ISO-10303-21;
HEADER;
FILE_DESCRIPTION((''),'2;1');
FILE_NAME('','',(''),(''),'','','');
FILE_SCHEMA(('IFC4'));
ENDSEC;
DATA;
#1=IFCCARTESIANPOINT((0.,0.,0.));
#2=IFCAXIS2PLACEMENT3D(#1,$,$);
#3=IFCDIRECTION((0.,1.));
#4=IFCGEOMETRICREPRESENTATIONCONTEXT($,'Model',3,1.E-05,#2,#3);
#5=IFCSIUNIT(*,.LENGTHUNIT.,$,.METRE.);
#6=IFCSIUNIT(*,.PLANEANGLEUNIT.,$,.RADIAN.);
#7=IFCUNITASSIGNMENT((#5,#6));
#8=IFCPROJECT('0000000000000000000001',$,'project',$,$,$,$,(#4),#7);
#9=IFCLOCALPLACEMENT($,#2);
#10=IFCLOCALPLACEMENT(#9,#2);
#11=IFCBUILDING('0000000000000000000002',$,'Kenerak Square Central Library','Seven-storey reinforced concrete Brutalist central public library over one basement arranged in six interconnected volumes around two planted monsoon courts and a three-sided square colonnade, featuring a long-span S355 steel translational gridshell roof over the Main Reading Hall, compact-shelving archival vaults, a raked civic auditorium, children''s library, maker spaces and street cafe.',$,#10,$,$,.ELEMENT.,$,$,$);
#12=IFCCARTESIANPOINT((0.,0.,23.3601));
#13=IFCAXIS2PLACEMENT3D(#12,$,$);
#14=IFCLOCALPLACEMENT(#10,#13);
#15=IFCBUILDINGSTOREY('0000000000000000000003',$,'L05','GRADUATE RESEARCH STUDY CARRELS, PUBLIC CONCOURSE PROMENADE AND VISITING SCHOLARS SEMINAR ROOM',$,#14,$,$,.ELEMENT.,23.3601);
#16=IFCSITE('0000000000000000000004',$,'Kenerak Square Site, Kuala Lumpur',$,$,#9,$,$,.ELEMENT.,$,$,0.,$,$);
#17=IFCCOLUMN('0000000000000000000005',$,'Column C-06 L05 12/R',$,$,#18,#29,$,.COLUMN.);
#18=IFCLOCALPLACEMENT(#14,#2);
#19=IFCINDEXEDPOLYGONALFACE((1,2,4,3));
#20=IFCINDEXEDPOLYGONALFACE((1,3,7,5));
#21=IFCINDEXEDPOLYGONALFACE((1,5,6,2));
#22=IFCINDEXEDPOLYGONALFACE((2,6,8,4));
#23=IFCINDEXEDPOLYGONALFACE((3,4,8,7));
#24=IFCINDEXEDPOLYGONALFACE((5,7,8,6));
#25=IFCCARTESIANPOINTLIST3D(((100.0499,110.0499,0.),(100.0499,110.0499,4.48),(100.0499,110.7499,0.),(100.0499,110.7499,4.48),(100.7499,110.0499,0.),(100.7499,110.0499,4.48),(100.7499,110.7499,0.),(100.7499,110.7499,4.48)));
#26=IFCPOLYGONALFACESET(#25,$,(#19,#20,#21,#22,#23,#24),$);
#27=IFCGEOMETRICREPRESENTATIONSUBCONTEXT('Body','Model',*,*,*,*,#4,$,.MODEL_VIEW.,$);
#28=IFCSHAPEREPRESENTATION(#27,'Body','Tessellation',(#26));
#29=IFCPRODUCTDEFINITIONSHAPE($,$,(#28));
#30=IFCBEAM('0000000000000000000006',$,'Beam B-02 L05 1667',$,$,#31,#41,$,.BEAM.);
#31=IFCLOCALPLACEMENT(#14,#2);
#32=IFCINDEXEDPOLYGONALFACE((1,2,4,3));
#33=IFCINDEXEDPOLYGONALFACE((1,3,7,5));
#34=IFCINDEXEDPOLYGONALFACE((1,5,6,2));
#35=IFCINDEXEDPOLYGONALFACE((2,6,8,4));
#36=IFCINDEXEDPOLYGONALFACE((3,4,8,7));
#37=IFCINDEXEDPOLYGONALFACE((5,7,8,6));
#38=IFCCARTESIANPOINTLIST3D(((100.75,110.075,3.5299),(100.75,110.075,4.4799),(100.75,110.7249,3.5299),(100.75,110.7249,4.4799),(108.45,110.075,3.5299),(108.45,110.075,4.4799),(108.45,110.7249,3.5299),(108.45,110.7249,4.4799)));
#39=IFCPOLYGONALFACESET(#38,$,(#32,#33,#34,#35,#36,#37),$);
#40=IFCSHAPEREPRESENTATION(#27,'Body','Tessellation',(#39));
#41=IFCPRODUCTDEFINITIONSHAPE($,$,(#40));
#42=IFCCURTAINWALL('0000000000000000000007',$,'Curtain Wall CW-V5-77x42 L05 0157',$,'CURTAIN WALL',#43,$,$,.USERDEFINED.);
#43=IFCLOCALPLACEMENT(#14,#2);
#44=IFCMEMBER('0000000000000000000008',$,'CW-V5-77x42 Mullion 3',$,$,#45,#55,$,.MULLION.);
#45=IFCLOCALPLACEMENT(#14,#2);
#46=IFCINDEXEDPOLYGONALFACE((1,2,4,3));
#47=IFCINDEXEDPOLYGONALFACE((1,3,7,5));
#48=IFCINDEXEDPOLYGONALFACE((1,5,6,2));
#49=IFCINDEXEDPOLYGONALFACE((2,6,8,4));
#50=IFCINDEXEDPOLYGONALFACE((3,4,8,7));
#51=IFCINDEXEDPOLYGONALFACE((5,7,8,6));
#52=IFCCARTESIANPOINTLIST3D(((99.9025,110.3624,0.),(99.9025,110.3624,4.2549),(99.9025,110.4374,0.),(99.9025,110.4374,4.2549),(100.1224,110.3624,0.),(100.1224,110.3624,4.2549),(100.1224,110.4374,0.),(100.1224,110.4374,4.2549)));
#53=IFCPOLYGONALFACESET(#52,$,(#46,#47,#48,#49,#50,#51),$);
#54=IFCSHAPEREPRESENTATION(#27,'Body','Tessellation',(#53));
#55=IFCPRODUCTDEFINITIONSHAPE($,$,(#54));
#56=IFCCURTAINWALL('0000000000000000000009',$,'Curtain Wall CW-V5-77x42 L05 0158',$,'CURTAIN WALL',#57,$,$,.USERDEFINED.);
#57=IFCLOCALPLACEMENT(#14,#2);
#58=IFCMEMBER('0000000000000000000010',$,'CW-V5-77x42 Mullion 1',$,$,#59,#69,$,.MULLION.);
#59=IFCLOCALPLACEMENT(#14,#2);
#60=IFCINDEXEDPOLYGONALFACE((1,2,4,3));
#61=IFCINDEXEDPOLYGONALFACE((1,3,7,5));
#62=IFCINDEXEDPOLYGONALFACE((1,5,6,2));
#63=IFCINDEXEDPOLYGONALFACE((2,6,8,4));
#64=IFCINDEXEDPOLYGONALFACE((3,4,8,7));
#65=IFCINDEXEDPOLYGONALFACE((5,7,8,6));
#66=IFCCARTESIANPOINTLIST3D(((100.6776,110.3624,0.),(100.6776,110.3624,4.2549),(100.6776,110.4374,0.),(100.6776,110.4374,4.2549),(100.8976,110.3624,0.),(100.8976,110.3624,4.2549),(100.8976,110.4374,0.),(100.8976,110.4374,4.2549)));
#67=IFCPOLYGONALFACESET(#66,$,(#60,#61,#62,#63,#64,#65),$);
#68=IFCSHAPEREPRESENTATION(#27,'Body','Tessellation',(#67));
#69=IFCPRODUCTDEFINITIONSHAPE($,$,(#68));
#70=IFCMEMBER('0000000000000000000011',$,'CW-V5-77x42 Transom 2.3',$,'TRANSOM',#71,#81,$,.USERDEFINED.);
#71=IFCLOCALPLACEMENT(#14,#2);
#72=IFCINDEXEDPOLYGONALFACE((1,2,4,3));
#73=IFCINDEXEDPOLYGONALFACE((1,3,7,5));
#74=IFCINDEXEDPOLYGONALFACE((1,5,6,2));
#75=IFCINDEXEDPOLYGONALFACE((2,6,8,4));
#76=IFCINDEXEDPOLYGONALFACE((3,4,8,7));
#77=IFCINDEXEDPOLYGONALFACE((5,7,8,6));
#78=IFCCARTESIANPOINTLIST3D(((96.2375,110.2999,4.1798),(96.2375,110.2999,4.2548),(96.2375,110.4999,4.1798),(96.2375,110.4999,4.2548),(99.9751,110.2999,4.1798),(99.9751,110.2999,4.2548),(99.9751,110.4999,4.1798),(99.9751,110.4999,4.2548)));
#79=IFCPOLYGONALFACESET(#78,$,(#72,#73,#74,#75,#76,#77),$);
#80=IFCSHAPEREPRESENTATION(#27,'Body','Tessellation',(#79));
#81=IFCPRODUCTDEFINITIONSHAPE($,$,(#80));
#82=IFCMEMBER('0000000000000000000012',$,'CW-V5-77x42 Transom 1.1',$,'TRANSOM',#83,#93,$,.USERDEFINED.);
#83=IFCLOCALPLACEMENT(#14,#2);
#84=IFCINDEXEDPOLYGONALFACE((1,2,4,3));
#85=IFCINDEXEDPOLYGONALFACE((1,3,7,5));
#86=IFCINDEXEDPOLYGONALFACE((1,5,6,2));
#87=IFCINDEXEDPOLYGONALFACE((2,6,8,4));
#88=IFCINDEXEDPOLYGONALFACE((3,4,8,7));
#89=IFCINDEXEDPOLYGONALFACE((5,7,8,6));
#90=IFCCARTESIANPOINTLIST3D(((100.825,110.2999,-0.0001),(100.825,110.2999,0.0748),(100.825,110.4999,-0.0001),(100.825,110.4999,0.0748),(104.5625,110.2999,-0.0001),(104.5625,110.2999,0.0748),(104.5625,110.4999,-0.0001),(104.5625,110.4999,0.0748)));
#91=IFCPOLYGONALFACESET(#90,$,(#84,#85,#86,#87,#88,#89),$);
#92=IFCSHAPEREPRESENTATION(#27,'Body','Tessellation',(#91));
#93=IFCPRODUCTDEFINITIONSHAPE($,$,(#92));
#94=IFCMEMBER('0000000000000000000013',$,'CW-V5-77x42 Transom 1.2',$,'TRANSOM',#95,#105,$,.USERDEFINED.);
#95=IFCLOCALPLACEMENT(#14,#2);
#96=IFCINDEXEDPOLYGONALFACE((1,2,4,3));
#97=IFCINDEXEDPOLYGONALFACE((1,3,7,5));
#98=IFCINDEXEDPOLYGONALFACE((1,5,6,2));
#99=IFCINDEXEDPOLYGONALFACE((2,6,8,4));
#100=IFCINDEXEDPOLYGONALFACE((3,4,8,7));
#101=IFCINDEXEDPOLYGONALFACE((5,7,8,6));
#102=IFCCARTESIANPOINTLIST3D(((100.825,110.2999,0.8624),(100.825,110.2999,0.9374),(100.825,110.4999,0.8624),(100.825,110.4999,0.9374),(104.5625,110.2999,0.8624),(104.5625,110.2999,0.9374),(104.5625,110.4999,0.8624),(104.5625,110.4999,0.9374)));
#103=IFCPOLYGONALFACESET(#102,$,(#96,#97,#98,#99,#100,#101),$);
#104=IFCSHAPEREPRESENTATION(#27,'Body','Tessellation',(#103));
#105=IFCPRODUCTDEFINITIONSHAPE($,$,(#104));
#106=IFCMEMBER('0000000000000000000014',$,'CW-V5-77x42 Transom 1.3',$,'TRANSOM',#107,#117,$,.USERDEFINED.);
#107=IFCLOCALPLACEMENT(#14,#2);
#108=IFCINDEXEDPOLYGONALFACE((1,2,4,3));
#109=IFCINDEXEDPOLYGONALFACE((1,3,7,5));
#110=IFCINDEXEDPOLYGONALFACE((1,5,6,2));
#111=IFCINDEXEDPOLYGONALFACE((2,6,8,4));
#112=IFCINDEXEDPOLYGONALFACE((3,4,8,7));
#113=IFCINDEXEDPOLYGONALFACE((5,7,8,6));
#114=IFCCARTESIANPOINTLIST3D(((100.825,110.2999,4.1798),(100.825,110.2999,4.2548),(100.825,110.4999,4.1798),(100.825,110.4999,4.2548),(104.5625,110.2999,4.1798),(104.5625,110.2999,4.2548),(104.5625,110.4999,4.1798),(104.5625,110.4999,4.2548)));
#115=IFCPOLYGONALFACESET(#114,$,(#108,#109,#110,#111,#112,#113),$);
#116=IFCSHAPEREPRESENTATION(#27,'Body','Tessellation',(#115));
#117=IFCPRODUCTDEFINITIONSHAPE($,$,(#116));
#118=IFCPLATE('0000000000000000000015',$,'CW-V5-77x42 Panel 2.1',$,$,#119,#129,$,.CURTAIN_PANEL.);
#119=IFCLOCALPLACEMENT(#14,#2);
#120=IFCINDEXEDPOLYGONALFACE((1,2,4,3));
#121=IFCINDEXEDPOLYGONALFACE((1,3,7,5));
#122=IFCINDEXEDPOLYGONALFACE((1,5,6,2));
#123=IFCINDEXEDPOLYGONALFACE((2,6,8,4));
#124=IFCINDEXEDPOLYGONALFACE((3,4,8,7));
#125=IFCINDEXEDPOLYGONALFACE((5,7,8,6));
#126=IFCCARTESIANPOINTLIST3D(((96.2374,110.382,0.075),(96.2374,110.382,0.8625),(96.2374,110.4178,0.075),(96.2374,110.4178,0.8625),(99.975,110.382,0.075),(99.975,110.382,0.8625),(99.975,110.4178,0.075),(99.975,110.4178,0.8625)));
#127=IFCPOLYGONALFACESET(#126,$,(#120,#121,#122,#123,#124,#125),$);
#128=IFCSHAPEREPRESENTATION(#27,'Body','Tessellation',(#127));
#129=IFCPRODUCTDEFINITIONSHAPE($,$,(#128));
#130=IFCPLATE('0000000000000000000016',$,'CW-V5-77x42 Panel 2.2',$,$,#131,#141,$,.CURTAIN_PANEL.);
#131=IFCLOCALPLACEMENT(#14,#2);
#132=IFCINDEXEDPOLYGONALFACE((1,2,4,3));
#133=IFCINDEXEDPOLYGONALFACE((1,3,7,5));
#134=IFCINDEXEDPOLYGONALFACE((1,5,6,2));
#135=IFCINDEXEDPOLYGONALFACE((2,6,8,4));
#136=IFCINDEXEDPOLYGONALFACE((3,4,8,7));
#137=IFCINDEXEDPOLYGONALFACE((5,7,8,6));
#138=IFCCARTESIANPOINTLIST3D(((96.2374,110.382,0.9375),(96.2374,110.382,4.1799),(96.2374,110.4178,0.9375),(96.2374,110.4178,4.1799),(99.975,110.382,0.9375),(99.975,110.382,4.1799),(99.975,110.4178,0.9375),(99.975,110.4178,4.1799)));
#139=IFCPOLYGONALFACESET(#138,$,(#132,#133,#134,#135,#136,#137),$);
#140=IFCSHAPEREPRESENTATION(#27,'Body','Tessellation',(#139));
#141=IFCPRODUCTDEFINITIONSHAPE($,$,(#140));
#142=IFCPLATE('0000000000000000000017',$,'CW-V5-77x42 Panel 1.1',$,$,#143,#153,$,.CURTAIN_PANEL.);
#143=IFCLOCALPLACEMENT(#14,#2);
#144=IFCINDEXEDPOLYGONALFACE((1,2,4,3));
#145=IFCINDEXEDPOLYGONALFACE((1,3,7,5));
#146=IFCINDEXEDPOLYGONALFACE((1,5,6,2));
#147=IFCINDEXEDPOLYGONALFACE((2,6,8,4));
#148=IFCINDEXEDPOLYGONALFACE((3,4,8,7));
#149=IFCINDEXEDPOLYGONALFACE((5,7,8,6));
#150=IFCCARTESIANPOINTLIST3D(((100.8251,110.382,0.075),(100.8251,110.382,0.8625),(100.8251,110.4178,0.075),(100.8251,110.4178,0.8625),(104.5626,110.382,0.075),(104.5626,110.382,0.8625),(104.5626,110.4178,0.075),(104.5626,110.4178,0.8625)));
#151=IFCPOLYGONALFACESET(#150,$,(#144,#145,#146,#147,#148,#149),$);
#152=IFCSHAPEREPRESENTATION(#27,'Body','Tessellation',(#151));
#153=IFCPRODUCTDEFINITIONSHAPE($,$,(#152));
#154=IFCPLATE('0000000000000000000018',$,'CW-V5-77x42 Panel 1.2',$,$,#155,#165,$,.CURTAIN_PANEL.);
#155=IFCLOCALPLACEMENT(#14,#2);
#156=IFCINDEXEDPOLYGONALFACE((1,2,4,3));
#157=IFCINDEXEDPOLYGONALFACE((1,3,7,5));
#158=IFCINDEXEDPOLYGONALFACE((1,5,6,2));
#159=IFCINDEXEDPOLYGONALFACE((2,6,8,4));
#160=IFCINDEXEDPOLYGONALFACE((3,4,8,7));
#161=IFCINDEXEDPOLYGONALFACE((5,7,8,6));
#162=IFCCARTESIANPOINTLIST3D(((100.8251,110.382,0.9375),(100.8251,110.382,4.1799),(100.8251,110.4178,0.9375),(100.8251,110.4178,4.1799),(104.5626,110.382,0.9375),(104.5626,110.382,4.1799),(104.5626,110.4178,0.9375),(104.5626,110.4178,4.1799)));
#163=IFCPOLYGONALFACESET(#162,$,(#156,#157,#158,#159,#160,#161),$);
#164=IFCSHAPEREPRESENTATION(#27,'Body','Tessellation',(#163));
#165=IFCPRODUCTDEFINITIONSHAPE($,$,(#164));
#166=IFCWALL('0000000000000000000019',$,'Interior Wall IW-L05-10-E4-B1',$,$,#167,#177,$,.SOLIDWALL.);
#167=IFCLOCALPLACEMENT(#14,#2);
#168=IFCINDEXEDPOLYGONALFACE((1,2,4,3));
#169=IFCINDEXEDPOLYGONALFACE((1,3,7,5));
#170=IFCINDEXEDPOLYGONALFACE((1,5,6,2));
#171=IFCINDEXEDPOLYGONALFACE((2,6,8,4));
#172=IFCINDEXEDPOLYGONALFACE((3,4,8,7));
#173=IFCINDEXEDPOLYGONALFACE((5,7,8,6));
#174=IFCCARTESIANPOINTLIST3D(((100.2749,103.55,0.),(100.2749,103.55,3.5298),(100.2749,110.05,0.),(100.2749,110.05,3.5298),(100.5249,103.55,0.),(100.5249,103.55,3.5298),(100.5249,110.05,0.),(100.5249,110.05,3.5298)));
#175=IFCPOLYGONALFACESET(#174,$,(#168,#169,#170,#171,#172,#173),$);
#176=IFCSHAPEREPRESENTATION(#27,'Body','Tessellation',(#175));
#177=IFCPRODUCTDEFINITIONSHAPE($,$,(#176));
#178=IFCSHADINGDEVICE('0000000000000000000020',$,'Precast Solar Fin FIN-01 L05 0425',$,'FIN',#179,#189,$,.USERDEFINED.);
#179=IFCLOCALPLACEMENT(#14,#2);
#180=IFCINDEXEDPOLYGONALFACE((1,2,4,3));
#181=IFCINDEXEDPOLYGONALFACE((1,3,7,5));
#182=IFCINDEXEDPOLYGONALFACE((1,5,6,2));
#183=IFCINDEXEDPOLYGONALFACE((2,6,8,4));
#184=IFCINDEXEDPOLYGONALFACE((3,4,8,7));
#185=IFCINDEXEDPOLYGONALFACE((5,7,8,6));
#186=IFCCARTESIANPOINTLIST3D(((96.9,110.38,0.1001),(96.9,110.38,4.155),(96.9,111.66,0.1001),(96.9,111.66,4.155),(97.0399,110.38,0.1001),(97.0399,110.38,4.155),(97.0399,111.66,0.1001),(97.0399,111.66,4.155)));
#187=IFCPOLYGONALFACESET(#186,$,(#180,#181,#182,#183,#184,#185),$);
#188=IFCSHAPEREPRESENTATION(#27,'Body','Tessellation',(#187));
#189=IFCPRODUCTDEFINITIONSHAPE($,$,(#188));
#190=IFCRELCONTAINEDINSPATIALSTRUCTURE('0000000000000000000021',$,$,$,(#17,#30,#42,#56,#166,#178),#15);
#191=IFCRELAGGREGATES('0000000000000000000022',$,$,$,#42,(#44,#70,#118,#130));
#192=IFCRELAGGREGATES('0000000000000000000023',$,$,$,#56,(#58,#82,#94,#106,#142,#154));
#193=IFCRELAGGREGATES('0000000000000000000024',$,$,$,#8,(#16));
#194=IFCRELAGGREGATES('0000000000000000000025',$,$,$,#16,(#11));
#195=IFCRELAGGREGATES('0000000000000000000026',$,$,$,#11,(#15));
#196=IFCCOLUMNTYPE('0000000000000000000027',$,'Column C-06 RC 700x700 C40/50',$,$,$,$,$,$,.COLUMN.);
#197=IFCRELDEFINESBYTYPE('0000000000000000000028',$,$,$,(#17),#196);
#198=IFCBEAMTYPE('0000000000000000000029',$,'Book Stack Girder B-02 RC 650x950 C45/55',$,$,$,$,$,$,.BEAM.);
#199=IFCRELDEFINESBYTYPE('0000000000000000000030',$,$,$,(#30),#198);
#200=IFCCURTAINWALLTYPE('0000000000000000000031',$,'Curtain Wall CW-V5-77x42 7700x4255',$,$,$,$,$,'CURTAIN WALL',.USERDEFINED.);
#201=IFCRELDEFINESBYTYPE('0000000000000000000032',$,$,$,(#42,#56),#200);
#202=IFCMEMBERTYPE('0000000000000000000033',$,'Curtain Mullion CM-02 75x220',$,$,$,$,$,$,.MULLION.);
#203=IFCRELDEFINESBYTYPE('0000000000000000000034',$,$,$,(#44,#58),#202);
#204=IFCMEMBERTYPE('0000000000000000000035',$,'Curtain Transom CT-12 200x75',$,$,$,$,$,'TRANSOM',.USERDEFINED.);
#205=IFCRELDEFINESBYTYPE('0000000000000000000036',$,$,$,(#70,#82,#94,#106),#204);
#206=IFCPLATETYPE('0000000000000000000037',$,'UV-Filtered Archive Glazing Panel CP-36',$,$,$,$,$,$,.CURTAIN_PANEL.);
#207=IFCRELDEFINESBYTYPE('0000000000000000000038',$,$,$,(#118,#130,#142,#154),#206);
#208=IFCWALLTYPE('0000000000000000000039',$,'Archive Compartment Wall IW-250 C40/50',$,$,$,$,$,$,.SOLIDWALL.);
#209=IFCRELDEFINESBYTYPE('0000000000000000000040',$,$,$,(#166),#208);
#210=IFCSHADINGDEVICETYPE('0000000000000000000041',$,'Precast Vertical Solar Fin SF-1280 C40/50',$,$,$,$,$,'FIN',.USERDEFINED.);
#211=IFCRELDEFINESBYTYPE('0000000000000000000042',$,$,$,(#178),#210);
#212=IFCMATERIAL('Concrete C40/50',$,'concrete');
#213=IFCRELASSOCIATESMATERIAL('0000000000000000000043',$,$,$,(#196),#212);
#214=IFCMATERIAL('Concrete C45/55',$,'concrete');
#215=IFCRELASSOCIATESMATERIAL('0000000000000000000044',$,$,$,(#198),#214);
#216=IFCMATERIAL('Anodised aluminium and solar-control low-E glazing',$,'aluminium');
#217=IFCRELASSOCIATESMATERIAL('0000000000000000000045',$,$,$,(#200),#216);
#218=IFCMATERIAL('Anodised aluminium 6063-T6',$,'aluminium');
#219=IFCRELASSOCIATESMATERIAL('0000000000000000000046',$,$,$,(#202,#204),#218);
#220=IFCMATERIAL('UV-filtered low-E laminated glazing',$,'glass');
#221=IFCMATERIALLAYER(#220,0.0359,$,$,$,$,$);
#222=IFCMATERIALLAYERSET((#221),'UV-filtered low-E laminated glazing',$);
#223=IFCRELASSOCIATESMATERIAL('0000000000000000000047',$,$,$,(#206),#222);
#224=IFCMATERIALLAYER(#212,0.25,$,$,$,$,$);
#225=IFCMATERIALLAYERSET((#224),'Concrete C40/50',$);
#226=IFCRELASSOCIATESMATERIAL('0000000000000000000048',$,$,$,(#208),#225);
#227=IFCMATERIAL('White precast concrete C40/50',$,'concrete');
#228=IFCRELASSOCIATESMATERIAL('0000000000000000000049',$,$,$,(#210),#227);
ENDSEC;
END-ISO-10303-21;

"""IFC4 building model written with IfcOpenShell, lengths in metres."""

from ifc_helpers import new_model, si_unit, direction, frame, frame_2d, origin, origin_2d, place, context, subcontext, project, spatial, rectangle, extrude, material, layer, layer_set, material_profile, profile_set, type_object, element, aggregate, save


model = new_model("IFC4")

# Units and contexts
model_context = context("Model", 3, precision=1e-05, world=origin(), true_north=direction((0.0, 1.0)))
body_context = subcontext(model_context, "Body", "Model", "MODEL_VIEW")
ifc_project = project(units=[si_unit("LENGTHUNIT", "METRE"), si_unit("PLANEANGLEUNIT", "RADIAN")], contexts=[model_context])

# Site, building, storey
site_placement = place(None, origin())
site = spatial("IfcSite", under=ifc_project, at=site_placement, Name="Kenerak Square Site, Kuala Lumpur", CompositionType="ELEMENT", RefElevation=0.0)
building_placement = place(site_placement, origin())
building = spatial("IfcBuilding", under=site, at=building_placement, Name="Kenerak Square Central Library", Description="Seven-storey reinforced concrete Brutalist central public library over one basement arranged in six interconnected volumes around two planted monsoon courts and a three-sided square colonnade, featuring a long-span S355 steel translational gridshell roof over the Main Reading Hall, compact-shelving archival vaults, a raked civic auditorium, children's library, maker spaces and street cafe.", CompositionType="ELEMENT")
storey_placement = place(building_placement, frame((0.0, 0.0, 23.3601)))
storey = spatial("IfcBuildingStorey", under=building, at=storey_placement, Name="L05", Description="GRADUATE RESEARCH STUDY CARRELS, PUBLIC CONCOURSE PROMENADE AND VISITING SCHOLARS SEMINAR ROOM", CompositionType="ELEMENT", Elevation=23.3601)

# Column
ifc_material_1 = material(Name="Concrete C40/50", Category="concrete")
ifc_material_profile_1 = material_profile(ifc_material_1, rectangle(XDim=0.7, YDim=0.7, at=origin_2d()), Name="RC 700x700")
ifc_profile_set_1 = profile_set([ifc_material_profile_1], Name="Concrete C40/50")
column_type = type_object("IfcColumnType", Name="Column C-06 RC 700x700 C40/50", PredefinedType="COLUMN", material=ifc_profile_set_1)
column_placement = place(storey_placement, frame((100.3999, 110.3999, 0.0), z_axis=(0.0, 0.0, 1.0), x_axis=(1.0, 0.0, 0.0)))
element("IfcColumn", 1, at=column_placement, inside=storey, type_object=column_type, Name="Column C-06 L05 12/R", PredefinedType="COLUMN", context=body_context, shape_type="SweptSolid", body=[
    extrude(rectangle(XDim=0.7, YDim=0.7, at=origin_2d()), origin(), (0.0, 0.0, 1.0), 4.48),
])

# Beam
ifc_material_2 = material(Name="Concrete C45/55", Category="concrete")
ifc_material_profile_2 = material_profile(ifc_material_2, rectangle(XDim=0.6499, YDim=0.95, at=origin_2d()), Name="RC 650x950")
ifc_profile_set_2 = profile_set([ifc_material_profile_2], Name="Concrete C45/55")
beam_type = type_object("IfcBeamType", Name="Book Stack Girder B-02 RC 650x950 C45/55", PredefinedType="BEAM", material=ifc_profile_set_2)
beam_placement = place(storey_placement, frame((100.75, 110.3999, 4.0049), z_axis=(1.0, 0.0, 0.0), x_axis=(0.0, 1.0, 0.0)))
element("IfcBeam", 2, at=beam_placement, inside=storey, type_object=beam_type, Name="Beam B-02 L05 1667", PredefinedType="BEAM", context=body_context, shape_type="SweptSolid", body=[
    extrude(rectangle(XDim=0.6499, YDim=0.95, at=origin_2d()), origin(), (0.0, 0.0, 1.0), 7.7),
])

# Curtain walls, members
ifc_material_3 = material(Name="Anodised aluminium and solar-control low-E glazing", Category="aluminium")
curtain_wall_type = type_object("IfcCurtainWallType", Name="Curtain Wall CW-V5-77x42 7700x4255", ElementType="CURTAIN WALL", PredefinedType="USERDEFINED", material=ifc_material_3)
curtain_wall_1_placement = place(storey_placement, origin())
curtain_wall_1 = element("IfcCurtainWall", 3, at=curtain_wall_1_placement, inside=storey, type_object=curtain_wall_type, Name="Curtain Wall CW-V5-77x42 L05 0157", ObjectType="CURTAIN WALL", PredefinedType="USERDEFINED")
ifc_material_4 = material(Name="Anodised aluminium 6063-T6", Category="aluminium")
ifc_material_profile_3 = material_profile(ifc_material_4, rectangle(XDim=0.075, YDim=0.22, at=origin_2d()), Name="AL MULLION 75x220")
ifc_profile_set_3 = profile_set([ifc_material_profile_3], Name="Anodised aluminium 6063-T6")
member_type_1 = type_object("IfcMemberType", Name="Curtain Mullion CM-02 75x220", PredefinedType="MULLION", material=ifc_profile_set_3)
member_1_placement = place(storey_placement, frame((100.0125, 110.3999, 0.0), z_axis=(0.0, 0.0, 1.0), x_axis=(0.0, 1.0, 0.0)))
member_1 = element("IfcMember", 4, at=member_1_placement, type_object=member_type_1, Name="CW-V5-77x42 Mullion 3", PredefinedType="MULLION", context=body_context, shape_type="SweptSolid", body=[
    extrude(rectangle(XDim=0.075, YDim=0.22, at=origin_2d()), origin(), (0.0, 0.0, 1.0), 4.2549),
])
curtain_wall_2_placement = place(storey_placement, origin())
curtain_wall_2 = element("IfcCurtainWall", 5, at=curtain_wall_2_placement, inside=storey, type_object=curtain_wall_type, Name="Curtain Wall CW-V5-77x42 L05 0158", ObjectType="CURTAIN WALL", PredefinedType="USERDEFINED")
member_2_placement = place(storey_placement, frame((100.7876, 110.3999, 0.0), z_axis=(0.0, 0.0, 1.0), x_axis=(0.0, 1.0, 0.0)))
member_2 = element("IfcMember", 6, at=member_2_placement, type_object=member_type_1, Name="CW-V5-77x42 Mullion 1", PredefinedType="MULLION", context=body_context, shape_type="SweptSolid", body=[
    extrude(rectangle(XDim=0.075, YDim=0.22, at=origin_2d()), origin(), (0.0, 0.0, 1.0), 4.2549),
])

# Members
ifc_material_profile_4 = material_profile(ifc_material_4, rectangle(XDim=0.2, YDim=0.075, at=origin_2d()), Name="AL TRANSOM 200x75")
ifc_profile_set_4 = profile_set([ifc_material_profile_4], Name="Anodised aluminium 6063-T6")
member_type_2 = type_object("IfcMemberType", Name="Curtain Transom CT-12 200x75", ElementType="TRANSOM", PredefinedType="USERDEFINED", material=ifc_profile_set_4)
member_3_placement = place(storey_placement, frame((96.2375, 110.3999, 4.2173), z_axis=(1.0, 0.0, 0.0), x_axis=(0.0, 1.0, 0.0)))
member_3 = element("IfcMember", 7, at=member_3_placement, type_object=member_type_2, Name="CW-V5-77x42 Transom 2.3", ObjectType="TRANSOM", PredefinedType="USERDEFINED", context=body_context, shape_type="SweptSolid", body=[
    extrude(rectangle(XDim=0.2, YDim=0.075, at=origin_2d()), origin(), (0.0, 0.0, 1.0), 3.7375),
])
member_4_placement = place(storey_placement, frame((100.825, 110.3999, 0.0374), z_axis=(1.0, 0.0, 0.0), x_axis=(0.0, 1.0, 0.0)))
member_4 = element("IfcMember", 8, at=member_4_placement, type_object=member_type_2, Name="CW-V5-77x42 Transom 1.1", ObjectType="TRANSOM", PredefinedType="USERDEFINED", context=body_context, shape_type="SweptSolid", body=[
    extrude(rectangle(XDim=0.2, YDim=0.075, at=origin_2d()), origin(), (0.0, 0.0, 1.0), 3.7375),
])
member_5_placement = place(storey_placement, frame((100.825, 110.3999, 0.8999), z_axis=(1.0, 0.0, 0.0), x_axis=(0.0, 1.0, 0.0)))
member_5 = element("IfcMember", 9, at=member_5_placement, type_object=member_type_2, Name="CW-V5-77x42 Transom 1.2", ObjectType="TRANSOM", PredefinedType="USERDEFINED", context=body_context, shape_type="SweptSolid", body=[
    extrude(rectangle(XDim=0.2, YDim=0.075, at=origin_2d()), origin(), (0.0, 0.0, 1.0), 3.7375),
])
member_6_placement = place(storey_placement, frame((100.825, 110.3999, 4.2173), z_axis=(1.0, 0.0, 0.0), x_axis=(0.0, 1.0, 0.0)))
member_6 = element("IfcMember", 10, at=member_6_placement, type_object=member_type_2, Name="CW-V5-77x42 Transom 1.3", ObjectType="TRANSOM", PredefinedType="USERDEFINED", context=body_context, shape_type="SweptSolid", body=[
    extrude(rectangle(XDim=0.2, YDim=0.075, at=origin_2d()), origin(), (0.0, 0.0, 1.0), 3.7375),
])

# Plates
ifc_material_5 = material(Name="UV-filtered low-E laminated glazing", Category="glass")
ifc_layer_1 = layer(ifc_material_5, 0.0359)
ifc_layer_set_1 = layer_set([ifc_layer_1], Name="UV-filtered low-E laminated glazing")
plate_type = type_object("IfcPlateType", Name="UV-Filtered Archive Glazing Panel CP-36", PredefinedType="CURTAIN_PANEL", material=ifc_layer_set_1)
plate_1_placement = place(storey_placement, frame((98.1062, 110.3999, 0.075), z_axis=(0.0, 0.0, 1.0), x_axis=(1.0, 0.0, 0.0)))
plate_1 = element("IfcPlate", 11, at=plate_1_placement, type_object=plate_type, Name="CW-V5-77x42 Panel 2.1", PredefinedType="CURTAIN_PANEL", context=body_context, shape_type="SweptSolid", body=[
    extrude(rectangle(XDim=3.7375, YDim=0.0359, at=origin_2d()), origin(), (0.0, 0.0, 1.0), 0.7876),
])
plate_2_placement = place(storey_placement, frame((98.1062, 110.3999, 0.9375), z_axis=(0.0, 0.0, 1.0), x_axis=(1.0, 0.0, 0.0)))
plate_2 = element("IfcPlate", 12, at=plate_2_placement, type_object=plate_type, Name="CW-V5-77x42 Panel 2.2", PredefinedType="CURTAIN_PANEL", context=body_context, shape_type="SweptSolid", body=[
    extrude(rectangle(XDim=3.7375, YDim=0.0359, at=origin_2d()), origin(), (0.0, 0.0, 1.0), 3.2424),
])
aggregate(curtain_wall_1, [member_1, member_3, plate_1, plate_2])
plate_3_placement = place(storey_placement, frame((102.6938, 110.3999, 0.075), z_axis=(0.0, 0.0, 1.0), x_axis=(1.0, 0.0, 0.0)))
plate_3 = element("IfcPlate", 13, at=plate_3_placement, type_object=plate_type, Name="CW-V5-77x42 Panel 1.1", PredefinedType="CURTAIN_PANEL", context=body_context, shape_type="SweptSolid", body=[
    extrude(rectangle(XDim=3.7375, YDim=0.0359, at=origin_2d()), origin(), (0.0, 0.0, 1.0), 0.7876),
])
plate_4_placement = place(storey_placement, frame((102.6938, 110.3999, 0.9375), z_axis=(0.0, 0.0, 1.0), x_axis=(1.0, 0.0, 0.0)))
plate_4 = element("IfcPlate", 14, at=plate_4_placement, type_object=plate_type, Name="CW-V5-77x42 Panel 1.2", PredefinedType="CURTAIN_PANEL", context=body_context, shape_type="SweptSolid", body=[
    extrude(rectangle(XDim=3.7375, YDim=0.0359, at=origin_2d()), origin(), (0.0, 0.0, 1.0), 3.2424),
])
aggregate(curtain_wall_2, [member_2, member_4, member_5, member_6, plate_3, plate_4])

# Wall
ifc_layer_2 = layer(ifc_material_1, 0.25)
ifc_layer_set_2 = layer_set([ifc_layer_2], Name="Concrete C40/50")
wall_type = type_object("IfcWallType", Name="Archive Compartment Wall IW-250 C40/50", PredefinedType="SOLIDWALL", material=ifc_layer_set_2)
wall_placement = place(storey_placement, frame((100.3999, 110.05, 0.0), z_axis=(0.0, 0.0, 1.0), x_axis=(0.0, -1.0, 0.0)))
element("IfcWall", 15, at=wall_placement, inside=storey, type_object=wall_type, Name="Interior Wall IW-L05-10-E4-B1", PredefinedType="SOLIDWALL", context=body_context, shape_type="SweptSolid", body=[
    extrude(rectangle(XDim=6.5, YDim=0.25, at=frame_2d((3.25, 0.0))), origin(), (0.0, 0.0, 1.0), 3.5298),
])

# Shading device
ifc_material_6 = material(Name="White precast concrete C40/50", Category="concrete")
shading_device_type = type_object("IfcShadingDeviceType", Name="Precast Vertical Solar Fin SF-1280 C40/50", ElementType="FIN", PredefinedType="USERDEFINED", material=ifc_material_6)
for number, where, z_axis, x_axis, name in (
    (16, (96.97, 111.02, 0.1001), (0.0, 0.0, 1.0), (1.0, 0.0, 0.0), "Precast Solar Fin FIN-01 L05 0425"),
):
    element("IfcShadingDevice", number, at=place(storey_placement, frame(where, z_axis=z_axis, x_axis=x_axis)), inside=storey, type_object=shading_device_type, Name=name, ObjectType="FIN", PredefinedType="USERDEFINED", context=body_context, shape_type="SweptSolid", body=[
        extrude(rectangle(XDim=0.1399, YDim=1.28, at=origin_2d()), origin(), (0.0, 0.0, 1.0), 4.0549),
    ])

save(model, "model.ifc")
